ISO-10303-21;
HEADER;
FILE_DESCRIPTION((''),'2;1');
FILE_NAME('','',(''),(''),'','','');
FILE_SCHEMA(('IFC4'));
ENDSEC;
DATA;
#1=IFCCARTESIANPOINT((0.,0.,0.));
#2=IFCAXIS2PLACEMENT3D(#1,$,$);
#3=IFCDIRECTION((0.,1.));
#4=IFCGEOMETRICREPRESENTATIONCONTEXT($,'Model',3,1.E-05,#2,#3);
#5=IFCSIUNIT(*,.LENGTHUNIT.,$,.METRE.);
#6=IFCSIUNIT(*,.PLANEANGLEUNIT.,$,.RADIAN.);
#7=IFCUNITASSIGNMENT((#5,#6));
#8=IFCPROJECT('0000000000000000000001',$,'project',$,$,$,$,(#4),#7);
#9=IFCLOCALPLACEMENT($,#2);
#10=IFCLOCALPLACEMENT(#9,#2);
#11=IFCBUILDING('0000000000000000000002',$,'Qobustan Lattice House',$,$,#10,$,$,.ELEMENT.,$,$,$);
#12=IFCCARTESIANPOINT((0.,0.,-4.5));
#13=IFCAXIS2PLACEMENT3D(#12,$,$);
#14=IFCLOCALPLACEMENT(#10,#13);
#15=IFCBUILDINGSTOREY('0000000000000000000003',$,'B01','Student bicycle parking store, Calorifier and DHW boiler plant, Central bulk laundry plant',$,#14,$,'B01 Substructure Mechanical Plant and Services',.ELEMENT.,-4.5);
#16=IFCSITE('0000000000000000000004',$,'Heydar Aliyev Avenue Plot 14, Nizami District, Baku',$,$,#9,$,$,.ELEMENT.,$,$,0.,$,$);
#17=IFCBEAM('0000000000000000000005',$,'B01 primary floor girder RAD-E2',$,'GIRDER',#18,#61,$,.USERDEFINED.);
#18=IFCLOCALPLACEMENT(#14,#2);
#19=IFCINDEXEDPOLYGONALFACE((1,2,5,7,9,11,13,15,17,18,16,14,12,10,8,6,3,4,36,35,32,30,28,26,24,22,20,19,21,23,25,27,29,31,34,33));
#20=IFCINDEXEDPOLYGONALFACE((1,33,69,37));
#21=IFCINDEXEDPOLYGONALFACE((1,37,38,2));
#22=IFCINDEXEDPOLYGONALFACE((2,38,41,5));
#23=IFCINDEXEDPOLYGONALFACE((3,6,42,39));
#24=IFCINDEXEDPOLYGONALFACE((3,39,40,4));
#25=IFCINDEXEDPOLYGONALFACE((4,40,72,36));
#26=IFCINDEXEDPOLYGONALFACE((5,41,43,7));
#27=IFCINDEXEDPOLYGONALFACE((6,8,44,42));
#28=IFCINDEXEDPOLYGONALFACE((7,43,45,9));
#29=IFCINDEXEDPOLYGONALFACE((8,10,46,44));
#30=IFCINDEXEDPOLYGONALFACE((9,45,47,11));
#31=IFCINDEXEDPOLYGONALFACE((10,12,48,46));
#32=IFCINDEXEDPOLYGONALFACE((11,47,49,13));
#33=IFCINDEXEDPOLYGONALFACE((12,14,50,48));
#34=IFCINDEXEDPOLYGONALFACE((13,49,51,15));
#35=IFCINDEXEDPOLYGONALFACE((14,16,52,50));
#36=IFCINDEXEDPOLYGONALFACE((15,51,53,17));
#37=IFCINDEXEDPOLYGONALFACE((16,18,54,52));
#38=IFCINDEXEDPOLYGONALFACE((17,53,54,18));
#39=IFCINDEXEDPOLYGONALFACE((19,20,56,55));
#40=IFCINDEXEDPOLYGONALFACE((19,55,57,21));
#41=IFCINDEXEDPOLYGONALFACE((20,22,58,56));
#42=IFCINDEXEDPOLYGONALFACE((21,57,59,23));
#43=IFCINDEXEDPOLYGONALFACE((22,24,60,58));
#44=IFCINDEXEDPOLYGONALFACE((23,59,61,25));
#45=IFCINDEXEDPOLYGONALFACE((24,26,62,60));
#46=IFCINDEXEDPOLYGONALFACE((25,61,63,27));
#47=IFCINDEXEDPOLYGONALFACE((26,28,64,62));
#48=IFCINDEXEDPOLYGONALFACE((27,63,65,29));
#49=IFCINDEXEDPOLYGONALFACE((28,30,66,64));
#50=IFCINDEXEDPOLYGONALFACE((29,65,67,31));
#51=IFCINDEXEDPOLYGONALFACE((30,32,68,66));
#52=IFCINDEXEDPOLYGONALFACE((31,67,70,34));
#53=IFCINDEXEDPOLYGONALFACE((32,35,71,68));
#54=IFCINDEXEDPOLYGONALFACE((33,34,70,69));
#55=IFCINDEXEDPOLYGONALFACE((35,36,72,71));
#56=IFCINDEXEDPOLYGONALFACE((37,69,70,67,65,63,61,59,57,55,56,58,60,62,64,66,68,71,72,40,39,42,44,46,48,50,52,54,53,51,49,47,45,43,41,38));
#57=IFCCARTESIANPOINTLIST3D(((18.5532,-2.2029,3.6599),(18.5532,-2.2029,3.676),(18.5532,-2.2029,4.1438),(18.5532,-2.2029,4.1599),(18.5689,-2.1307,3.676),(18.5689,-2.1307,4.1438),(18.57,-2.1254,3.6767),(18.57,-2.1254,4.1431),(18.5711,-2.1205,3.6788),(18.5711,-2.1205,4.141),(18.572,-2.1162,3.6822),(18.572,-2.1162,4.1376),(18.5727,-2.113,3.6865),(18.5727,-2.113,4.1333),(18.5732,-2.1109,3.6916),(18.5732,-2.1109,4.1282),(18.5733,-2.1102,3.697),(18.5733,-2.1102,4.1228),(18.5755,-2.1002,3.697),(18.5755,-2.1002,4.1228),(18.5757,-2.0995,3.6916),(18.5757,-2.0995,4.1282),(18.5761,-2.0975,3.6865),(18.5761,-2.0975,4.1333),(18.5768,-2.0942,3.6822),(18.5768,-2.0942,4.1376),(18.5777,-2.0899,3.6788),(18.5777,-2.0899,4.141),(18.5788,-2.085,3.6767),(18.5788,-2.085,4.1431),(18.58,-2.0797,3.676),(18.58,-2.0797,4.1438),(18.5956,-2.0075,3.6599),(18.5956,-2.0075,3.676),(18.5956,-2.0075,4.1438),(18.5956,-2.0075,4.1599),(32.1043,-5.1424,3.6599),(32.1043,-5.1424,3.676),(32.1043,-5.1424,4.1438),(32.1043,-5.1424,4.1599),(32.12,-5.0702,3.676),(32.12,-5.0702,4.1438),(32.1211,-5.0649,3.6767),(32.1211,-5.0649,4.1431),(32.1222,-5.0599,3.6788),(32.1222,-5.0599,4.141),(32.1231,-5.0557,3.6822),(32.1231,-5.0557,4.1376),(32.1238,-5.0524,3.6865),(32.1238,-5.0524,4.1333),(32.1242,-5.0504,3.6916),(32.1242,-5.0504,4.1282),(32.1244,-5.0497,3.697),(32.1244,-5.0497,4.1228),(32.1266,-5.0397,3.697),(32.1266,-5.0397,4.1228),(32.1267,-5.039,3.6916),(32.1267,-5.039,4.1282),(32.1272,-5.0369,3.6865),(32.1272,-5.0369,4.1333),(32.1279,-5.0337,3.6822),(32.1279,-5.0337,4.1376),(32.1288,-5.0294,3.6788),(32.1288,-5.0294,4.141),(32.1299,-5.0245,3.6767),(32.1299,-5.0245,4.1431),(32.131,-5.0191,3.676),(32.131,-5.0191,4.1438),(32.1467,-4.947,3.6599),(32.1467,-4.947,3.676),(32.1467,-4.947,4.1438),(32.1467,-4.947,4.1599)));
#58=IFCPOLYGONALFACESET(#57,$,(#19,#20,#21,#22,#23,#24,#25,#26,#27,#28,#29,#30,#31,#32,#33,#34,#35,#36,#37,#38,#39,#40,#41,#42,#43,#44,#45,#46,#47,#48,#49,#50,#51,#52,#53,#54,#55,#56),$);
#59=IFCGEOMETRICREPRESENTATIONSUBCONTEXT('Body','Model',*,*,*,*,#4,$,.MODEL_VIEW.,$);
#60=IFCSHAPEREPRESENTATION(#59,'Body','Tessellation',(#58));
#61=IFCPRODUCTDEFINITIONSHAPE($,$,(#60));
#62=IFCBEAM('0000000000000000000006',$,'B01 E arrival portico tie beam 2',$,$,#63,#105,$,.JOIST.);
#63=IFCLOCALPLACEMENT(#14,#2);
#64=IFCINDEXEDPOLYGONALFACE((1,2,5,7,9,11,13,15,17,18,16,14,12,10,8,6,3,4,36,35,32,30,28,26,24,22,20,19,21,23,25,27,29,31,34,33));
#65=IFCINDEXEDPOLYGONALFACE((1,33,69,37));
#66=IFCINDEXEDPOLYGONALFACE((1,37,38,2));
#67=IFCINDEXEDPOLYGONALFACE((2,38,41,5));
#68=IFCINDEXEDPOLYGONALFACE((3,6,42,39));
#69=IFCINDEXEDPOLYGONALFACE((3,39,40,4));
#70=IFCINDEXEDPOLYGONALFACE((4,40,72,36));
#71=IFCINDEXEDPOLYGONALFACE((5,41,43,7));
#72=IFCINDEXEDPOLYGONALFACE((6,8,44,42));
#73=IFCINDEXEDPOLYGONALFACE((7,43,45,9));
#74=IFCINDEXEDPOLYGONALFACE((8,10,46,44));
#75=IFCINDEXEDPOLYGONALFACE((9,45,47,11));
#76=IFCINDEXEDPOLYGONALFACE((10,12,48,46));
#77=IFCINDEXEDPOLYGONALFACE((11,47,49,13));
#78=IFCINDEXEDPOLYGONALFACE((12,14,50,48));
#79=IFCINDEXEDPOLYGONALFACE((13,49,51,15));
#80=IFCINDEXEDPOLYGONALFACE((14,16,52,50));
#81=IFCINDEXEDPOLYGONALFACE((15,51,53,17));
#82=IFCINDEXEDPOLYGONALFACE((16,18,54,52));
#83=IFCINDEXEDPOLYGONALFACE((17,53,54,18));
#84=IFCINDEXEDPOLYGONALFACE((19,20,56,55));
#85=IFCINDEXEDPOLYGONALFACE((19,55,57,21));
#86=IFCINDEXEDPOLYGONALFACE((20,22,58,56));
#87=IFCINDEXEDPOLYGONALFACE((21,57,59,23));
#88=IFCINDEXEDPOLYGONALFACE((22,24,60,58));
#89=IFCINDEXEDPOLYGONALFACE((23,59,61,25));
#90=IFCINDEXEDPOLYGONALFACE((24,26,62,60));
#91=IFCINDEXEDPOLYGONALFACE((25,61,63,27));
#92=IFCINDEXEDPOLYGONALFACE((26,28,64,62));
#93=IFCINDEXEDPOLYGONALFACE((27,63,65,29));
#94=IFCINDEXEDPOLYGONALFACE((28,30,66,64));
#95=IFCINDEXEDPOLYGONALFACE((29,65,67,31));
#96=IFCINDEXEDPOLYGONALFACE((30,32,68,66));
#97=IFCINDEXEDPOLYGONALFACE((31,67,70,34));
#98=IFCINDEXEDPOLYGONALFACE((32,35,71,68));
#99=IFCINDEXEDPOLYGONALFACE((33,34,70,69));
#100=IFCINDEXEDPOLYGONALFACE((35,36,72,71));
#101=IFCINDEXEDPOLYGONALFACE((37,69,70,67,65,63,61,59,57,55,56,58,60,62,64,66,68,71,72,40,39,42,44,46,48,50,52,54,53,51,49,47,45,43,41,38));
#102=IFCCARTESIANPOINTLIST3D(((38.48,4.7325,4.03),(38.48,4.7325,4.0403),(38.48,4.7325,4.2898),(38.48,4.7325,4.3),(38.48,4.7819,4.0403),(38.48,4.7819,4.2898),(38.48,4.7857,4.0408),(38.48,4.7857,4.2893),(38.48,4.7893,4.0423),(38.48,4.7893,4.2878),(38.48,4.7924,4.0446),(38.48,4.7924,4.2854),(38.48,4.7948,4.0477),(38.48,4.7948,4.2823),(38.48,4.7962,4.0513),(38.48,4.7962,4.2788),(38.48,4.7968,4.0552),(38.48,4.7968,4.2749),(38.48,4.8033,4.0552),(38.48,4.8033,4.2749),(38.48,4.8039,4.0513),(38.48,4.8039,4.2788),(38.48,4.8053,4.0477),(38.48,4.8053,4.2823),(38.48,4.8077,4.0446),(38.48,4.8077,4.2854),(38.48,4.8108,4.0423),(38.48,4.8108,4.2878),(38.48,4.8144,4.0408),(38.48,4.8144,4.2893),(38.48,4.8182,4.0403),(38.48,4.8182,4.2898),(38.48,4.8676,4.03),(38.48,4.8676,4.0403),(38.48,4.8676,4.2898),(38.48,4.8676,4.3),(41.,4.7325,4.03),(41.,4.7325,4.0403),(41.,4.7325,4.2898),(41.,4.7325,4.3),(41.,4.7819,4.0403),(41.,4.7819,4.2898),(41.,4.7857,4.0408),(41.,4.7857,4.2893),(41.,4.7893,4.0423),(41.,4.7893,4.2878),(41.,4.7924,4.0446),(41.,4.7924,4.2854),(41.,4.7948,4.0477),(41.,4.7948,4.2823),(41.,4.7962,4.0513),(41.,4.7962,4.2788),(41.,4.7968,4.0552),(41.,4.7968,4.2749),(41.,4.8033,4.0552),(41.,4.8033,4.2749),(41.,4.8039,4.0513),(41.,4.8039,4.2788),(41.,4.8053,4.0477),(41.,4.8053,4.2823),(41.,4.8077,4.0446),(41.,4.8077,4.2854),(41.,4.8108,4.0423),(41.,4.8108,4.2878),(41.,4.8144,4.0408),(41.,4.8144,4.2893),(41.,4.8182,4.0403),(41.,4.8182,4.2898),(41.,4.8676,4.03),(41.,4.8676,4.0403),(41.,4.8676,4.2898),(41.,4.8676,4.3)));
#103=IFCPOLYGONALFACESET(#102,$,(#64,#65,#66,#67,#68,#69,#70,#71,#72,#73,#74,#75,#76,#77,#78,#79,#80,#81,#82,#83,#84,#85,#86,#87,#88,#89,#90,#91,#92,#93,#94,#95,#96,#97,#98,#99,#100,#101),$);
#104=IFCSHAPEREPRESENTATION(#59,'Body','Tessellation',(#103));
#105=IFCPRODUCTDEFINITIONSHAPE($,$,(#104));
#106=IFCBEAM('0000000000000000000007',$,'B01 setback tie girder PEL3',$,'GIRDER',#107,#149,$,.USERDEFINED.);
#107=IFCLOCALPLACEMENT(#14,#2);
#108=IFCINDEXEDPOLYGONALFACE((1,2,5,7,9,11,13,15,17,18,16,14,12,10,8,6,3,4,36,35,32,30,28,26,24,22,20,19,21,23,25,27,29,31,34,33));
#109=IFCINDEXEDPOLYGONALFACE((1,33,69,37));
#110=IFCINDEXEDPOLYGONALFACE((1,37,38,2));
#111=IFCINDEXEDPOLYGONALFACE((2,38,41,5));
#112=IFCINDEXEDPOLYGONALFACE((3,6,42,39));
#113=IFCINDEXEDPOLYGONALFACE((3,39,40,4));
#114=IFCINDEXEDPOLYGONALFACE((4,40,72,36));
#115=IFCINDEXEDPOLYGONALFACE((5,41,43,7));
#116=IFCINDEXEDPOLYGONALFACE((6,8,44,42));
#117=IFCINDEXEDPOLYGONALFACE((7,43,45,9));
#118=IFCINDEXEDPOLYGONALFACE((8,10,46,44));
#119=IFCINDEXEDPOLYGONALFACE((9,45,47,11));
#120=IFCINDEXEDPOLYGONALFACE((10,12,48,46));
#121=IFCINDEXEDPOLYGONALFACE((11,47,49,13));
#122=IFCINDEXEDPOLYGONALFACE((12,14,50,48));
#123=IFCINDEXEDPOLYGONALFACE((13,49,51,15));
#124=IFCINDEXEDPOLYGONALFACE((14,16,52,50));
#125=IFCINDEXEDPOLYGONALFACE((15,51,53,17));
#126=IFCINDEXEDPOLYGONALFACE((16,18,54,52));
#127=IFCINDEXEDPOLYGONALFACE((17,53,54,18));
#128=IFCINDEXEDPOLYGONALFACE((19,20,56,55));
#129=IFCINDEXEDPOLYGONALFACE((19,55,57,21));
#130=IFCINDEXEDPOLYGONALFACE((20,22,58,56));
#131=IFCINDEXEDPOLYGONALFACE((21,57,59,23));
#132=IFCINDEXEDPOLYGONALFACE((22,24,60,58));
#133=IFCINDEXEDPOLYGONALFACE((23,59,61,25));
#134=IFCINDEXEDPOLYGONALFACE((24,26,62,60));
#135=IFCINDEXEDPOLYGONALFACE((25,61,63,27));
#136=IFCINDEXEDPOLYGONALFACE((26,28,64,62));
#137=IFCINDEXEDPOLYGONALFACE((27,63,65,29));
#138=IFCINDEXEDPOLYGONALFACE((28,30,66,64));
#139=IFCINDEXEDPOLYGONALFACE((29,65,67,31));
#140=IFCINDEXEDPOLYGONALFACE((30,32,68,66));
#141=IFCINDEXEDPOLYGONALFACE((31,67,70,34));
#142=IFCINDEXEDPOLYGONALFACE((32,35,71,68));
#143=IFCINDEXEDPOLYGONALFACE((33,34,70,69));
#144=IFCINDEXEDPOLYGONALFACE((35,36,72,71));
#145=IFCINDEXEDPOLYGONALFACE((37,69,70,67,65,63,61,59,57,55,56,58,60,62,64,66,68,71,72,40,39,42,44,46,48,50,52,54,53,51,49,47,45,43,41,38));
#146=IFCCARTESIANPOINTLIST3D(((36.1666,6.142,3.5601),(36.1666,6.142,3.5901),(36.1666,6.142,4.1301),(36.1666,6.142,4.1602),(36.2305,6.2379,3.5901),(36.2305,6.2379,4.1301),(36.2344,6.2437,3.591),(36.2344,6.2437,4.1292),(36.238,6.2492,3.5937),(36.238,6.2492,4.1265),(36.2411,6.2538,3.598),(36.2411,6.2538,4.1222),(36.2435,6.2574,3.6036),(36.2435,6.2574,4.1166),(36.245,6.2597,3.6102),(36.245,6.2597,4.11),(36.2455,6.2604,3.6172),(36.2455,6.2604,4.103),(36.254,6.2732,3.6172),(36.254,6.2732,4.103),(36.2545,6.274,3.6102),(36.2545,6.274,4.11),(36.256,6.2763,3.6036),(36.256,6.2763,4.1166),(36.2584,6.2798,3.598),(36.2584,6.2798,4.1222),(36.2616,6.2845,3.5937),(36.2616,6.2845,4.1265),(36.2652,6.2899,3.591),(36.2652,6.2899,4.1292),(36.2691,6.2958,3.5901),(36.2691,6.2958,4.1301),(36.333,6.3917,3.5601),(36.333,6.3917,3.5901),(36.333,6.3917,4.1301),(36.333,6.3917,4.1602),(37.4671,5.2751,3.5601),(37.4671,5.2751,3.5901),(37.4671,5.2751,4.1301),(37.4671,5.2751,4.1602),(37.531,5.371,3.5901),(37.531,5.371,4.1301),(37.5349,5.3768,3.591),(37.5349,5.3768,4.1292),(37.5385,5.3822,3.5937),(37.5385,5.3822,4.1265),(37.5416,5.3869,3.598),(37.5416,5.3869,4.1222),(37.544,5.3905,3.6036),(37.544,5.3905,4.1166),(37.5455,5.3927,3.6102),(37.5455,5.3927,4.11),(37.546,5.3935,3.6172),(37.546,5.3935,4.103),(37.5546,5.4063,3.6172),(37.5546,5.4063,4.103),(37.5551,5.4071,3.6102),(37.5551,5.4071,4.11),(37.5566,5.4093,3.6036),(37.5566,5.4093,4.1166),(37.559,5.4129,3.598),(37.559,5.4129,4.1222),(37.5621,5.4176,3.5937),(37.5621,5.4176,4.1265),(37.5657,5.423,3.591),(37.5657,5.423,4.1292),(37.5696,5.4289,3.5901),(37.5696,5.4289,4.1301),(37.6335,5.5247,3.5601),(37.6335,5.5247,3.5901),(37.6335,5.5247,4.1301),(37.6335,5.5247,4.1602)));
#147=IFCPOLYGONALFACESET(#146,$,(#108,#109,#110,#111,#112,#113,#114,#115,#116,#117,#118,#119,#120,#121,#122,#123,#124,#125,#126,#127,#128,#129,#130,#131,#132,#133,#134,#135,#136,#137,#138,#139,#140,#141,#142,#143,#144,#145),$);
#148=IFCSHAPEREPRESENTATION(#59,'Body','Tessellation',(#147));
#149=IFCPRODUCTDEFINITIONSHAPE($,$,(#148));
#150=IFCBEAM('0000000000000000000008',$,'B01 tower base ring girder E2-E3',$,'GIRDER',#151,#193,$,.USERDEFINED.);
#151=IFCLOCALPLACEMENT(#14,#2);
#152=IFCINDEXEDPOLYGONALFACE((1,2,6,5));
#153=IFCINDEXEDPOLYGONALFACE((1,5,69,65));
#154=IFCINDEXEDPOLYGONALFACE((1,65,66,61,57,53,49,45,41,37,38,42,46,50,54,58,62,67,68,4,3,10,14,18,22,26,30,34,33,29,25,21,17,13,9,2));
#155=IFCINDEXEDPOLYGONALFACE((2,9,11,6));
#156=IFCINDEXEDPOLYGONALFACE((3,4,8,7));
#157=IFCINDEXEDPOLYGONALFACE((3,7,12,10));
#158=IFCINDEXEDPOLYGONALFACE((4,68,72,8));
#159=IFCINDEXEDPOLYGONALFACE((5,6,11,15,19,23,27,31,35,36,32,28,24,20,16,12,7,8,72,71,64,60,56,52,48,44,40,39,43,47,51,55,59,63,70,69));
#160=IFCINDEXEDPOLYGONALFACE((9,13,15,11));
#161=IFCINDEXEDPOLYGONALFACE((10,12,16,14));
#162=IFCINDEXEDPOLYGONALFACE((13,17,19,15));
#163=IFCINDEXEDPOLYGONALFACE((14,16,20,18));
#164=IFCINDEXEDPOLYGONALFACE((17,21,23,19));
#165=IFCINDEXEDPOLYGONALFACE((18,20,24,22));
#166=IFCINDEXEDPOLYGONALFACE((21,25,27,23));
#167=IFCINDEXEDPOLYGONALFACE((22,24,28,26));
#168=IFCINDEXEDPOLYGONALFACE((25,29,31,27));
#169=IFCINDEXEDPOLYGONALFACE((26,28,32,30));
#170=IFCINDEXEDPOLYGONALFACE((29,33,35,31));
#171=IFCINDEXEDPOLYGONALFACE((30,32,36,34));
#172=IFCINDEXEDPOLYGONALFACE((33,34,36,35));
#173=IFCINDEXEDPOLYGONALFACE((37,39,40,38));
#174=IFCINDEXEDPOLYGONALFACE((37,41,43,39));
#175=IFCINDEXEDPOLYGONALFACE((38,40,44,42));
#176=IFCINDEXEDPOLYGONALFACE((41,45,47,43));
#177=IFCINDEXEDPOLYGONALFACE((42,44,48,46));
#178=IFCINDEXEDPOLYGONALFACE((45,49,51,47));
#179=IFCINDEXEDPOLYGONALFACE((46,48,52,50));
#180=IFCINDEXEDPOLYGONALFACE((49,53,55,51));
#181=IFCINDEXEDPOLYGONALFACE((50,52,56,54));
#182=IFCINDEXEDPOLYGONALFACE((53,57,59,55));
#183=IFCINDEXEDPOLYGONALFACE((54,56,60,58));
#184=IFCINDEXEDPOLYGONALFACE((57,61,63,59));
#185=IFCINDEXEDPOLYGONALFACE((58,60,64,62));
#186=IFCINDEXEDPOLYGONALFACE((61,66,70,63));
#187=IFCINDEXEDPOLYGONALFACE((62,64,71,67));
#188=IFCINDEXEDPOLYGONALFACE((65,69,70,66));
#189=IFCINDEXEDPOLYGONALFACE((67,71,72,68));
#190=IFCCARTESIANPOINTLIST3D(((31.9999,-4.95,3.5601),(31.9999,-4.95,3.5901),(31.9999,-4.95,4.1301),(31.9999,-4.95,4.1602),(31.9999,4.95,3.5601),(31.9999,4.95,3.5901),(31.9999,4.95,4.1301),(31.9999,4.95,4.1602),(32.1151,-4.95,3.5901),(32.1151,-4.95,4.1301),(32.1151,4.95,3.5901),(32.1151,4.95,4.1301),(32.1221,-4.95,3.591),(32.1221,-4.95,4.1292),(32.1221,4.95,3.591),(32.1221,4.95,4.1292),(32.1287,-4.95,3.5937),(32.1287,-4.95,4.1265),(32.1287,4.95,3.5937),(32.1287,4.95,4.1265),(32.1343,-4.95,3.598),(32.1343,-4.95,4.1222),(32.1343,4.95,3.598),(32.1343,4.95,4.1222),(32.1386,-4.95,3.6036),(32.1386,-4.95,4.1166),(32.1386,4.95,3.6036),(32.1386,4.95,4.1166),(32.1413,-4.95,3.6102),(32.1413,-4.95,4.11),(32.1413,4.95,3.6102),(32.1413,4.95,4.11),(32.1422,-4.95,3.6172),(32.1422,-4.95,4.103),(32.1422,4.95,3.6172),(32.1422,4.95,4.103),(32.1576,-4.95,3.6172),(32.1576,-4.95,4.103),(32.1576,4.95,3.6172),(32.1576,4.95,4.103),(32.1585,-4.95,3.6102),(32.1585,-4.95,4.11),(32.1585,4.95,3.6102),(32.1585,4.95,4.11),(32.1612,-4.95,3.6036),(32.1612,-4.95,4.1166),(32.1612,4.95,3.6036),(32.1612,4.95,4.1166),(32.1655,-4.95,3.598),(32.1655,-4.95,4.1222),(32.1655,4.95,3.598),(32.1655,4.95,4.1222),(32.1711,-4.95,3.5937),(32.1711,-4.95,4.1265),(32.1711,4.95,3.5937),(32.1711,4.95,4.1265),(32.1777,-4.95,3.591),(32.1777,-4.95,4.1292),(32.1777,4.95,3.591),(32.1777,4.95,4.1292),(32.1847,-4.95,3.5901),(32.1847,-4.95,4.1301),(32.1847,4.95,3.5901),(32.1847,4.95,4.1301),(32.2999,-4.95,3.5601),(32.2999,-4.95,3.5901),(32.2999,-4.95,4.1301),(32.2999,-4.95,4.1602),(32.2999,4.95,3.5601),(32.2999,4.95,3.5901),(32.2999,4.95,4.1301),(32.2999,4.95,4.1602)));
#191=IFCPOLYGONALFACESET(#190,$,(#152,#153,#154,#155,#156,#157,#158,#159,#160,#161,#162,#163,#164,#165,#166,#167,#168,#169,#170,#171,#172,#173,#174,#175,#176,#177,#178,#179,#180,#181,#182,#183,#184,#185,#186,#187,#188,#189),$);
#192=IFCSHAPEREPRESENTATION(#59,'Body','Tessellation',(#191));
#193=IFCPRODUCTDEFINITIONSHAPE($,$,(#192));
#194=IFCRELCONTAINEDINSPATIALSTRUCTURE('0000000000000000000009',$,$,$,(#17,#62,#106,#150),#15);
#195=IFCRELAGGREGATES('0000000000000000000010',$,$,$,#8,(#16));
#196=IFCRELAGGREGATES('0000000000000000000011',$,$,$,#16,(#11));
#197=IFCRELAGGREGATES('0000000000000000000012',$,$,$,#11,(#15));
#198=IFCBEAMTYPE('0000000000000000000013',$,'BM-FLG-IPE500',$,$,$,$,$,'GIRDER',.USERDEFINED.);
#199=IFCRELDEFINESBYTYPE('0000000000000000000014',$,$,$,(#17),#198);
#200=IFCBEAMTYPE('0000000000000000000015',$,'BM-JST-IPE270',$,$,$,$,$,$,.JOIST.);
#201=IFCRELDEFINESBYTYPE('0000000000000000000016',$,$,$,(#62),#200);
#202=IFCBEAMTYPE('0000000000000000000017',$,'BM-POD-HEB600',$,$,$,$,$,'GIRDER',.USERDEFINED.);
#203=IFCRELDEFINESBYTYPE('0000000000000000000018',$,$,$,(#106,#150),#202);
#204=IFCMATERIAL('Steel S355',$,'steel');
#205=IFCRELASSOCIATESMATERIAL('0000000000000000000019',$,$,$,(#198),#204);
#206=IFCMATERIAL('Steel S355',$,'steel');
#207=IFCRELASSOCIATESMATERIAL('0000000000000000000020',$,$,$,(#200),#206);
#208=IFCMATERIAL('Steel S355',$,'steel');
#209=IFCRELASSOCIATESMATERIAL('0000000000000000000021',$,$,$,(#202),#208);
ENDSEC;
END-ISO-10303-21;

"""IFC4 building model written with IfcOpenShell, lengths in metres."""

from ifc_helpers import new_model, si_unit, direction, frame, origin, origin_2d, place, context, subcontext, project, spatial, i_section, extrude, material, material_profile, profile_set, type_object, element, save


model = new_model("IFC4")

# Units and contexts
model_context = context("Model", 3, precision=1e-05, world=origin(), true_north=direction((0.0, 1.0)))
body_context = subcontext(model_context, "Body", "Model", "MODEL_VIEW")
ifc_project = project(units=[si_unit("LENGTHUNIT", "METRE"), si_unit("PLANEANGLEUNIT", "RADIAN")], contexts=[model_context])

# Site, building, storey
site_placement = place(None, origin())
site = spatial("IfcSite", under=ifc_project, at=site_placement, Name="Heydar Aliyev Avenue Plot 14, Nizami District, Baku", CompositionType="ELEMENT", RefElevation=0.0)
building_placement = place(site_placement, origin())
building = spatial("IfcBuilding", under=site, at=building_placement, Name="Qobustan Lattice House", CompositionType="ELEMENT")
storey_placement = place(building_placement, frame((0.0, 0.0, -4.5)))
storey = spatial("IfcBuildingStorey", under=building, at=storey_placement, Name="B01", Description="Student bicycle parking store, Calorifier and DHW boiler plant, Central bulk laundry plant", LongName="B01 Substructure Mechanical Plant and Services", CompositionType="ELEMENT", Elevation=-4.5)

# Beams
ifc_material_1 = material(Name="Steel S355", Category="steel")
ifc_material_profile_1 = material_profile(ifc_material_1, i_section(OverallWidth=0.2, OverallDepth=0.5, WebThickness=0.0103, FlangeThickness=0.0161, FilletRadius=0.021, at=origin_2d()), Name="IPE500")
ifc_profile_set_1 = profile_set([ifc_material_profile_1], Name="Steel S355")
beam_type_1 = type_object("IfcBeamType", Name="BM-FLG-IPE500", ElementType="GIRDER", PredefinedType="USERDEFINED", material=ifc_profile_set_1)
for number, where, z_axis, x_axis, name in (
    (1, (32.1255, -5.0447, 3.9099), (-0.977272, 0.211987, 0.0), (-0.211987, -0.977272, 0.0), "B01 primary floor girder RAD-E2"),
):
    element("IfcBeam", number, at=place(storey_placement, frame(where, z_axis=z_axis, x_axis=x_axis)), inside=storey, type_object=beam_type_1, Name=name, ObjectType="GIRDER", PredefinedType="USERDEFINED", context=body_context, shape_type="SweptSolid", body=[
        extrude(i_section(OverallWidth=0.2, OverallDepth=0.5, WebThickness=0.0103, FlangeThickness=0.0161, FilletRadius=0.021, at=origin_2d()), origin(), (0.0, 0.0, 1.0), 13.8662),
    ])
ifc_material_2 = material(Name="Steel S355", Category="steel")
ifc_material_profile_2 = material_profile(ifc_material_2, i_section(OverallWidth=0.135, OverallDepth=0.27, WebThickness=0.0066, FlangeThickness=0.0103, FilletRadius=0.0149, at=origin_2d()), Name="IPE270")
ifc_profile_set_2 = profile_set([ifc_material_profile_2], Name="Steel S355")
beam_type_2 = type_object("IfcBeamType", Name="BM-JST-IPE270", PredefinedType="JOIST", material=ifc_profile_set_2)
beam_1_placement = place(storey_placement, frame((41.0, 4.8, 4.165), z_axis=(-1.0, 0.0, 0.0), x_axis=(0.0, -1.0, 0.0)))
element("IfcBeam", 2, at=beam_1_placement, inside=storey, type_object=beam_type_2, Name="B01 E arrival portico tie beam 2", PredefinedType="JOIST", context=body_context, shape_type="SweptSolid", body=[
    extrude(i_section(OverallWidth=0.135, OverallDepth=0.27, WebThickness=0.0066, FlangeThickness=0.0103, FilletRadius=0.0149, at=origin_2d()), origin(), (0.0, 0.0, 1.0), 2.52),
])
ifc_material_3 = material(Name="Steel S355", Category="steel")
ifc_material_profile_3 = material_profile(ifc_material_3, i_section(OverallWidth=0.3, OverallDepth=0.6001, WebThickness=0.0154, FlangeThickness=0.03, FilletRadius=0.0271, at=origin_2d()), Name="HEB600")
ifc_profile_set_3 = profile_set([ifc_material_profile_3], Name="Steel S355")
beam_type_3 = type_object("IfcBeamType", Name="BM-POD-HEB600", ElementType="GIRDER", PredefinedType="USERDEFINED", material=ifc_profile_set_3)
beam_2_placement = place(storey_placement, frame((37.5503, 5.3999, 3.8601), z_axis=(-0.832074, 0.554664, 0.0), x_axis=(-0.554664, -0.832074, 0.0)))
element("IfcBeam", 3, at=beam_2_placement, inside=storey, type_object=beam_type_3, Name="B01 setback tie girder PEL3", ObjectType="GIRDER", PredefinedType="USERDEFINED", context=body_context, shape_type="SweptSolid", body=[
    extrude(i_section(OverallWidth=0.3, OverallDepth=0.6001, WebThickness=0.0154, FlangeThickness=0.03, FilletRadius=0.0271, at=origin_2d()), origin(), (0.0, 0.0, 1.0), 1.563),
])
beam_3_placement = place(storey_placement, frame((32.1499, -4.95, 3.8601), z_axis=(0.0, 1.0, 0.0), x_axis=(-1.0, 0.0, 0.0)))
element("IfcBeam", 4, at=beam_3_placement, inside=storey, type_object=beam_type_3, Name="B01 tower base ring girder E2-E3", ObjectType="GIRDER", PredefinedType="USERDEFINED", context=body_context, shape_type="SweptSolid", body=[
    extrude(i_section(OverallWidth=0.3, OverallDepth=0.6001, WebThickness=0.0154, FlangeThickness=0.03, FilletRadius=0.0271, at=origin_2d()), origin(), (0.0, 0.0, 1.0), 9.8999),
])

save(model, "model.ifc")
